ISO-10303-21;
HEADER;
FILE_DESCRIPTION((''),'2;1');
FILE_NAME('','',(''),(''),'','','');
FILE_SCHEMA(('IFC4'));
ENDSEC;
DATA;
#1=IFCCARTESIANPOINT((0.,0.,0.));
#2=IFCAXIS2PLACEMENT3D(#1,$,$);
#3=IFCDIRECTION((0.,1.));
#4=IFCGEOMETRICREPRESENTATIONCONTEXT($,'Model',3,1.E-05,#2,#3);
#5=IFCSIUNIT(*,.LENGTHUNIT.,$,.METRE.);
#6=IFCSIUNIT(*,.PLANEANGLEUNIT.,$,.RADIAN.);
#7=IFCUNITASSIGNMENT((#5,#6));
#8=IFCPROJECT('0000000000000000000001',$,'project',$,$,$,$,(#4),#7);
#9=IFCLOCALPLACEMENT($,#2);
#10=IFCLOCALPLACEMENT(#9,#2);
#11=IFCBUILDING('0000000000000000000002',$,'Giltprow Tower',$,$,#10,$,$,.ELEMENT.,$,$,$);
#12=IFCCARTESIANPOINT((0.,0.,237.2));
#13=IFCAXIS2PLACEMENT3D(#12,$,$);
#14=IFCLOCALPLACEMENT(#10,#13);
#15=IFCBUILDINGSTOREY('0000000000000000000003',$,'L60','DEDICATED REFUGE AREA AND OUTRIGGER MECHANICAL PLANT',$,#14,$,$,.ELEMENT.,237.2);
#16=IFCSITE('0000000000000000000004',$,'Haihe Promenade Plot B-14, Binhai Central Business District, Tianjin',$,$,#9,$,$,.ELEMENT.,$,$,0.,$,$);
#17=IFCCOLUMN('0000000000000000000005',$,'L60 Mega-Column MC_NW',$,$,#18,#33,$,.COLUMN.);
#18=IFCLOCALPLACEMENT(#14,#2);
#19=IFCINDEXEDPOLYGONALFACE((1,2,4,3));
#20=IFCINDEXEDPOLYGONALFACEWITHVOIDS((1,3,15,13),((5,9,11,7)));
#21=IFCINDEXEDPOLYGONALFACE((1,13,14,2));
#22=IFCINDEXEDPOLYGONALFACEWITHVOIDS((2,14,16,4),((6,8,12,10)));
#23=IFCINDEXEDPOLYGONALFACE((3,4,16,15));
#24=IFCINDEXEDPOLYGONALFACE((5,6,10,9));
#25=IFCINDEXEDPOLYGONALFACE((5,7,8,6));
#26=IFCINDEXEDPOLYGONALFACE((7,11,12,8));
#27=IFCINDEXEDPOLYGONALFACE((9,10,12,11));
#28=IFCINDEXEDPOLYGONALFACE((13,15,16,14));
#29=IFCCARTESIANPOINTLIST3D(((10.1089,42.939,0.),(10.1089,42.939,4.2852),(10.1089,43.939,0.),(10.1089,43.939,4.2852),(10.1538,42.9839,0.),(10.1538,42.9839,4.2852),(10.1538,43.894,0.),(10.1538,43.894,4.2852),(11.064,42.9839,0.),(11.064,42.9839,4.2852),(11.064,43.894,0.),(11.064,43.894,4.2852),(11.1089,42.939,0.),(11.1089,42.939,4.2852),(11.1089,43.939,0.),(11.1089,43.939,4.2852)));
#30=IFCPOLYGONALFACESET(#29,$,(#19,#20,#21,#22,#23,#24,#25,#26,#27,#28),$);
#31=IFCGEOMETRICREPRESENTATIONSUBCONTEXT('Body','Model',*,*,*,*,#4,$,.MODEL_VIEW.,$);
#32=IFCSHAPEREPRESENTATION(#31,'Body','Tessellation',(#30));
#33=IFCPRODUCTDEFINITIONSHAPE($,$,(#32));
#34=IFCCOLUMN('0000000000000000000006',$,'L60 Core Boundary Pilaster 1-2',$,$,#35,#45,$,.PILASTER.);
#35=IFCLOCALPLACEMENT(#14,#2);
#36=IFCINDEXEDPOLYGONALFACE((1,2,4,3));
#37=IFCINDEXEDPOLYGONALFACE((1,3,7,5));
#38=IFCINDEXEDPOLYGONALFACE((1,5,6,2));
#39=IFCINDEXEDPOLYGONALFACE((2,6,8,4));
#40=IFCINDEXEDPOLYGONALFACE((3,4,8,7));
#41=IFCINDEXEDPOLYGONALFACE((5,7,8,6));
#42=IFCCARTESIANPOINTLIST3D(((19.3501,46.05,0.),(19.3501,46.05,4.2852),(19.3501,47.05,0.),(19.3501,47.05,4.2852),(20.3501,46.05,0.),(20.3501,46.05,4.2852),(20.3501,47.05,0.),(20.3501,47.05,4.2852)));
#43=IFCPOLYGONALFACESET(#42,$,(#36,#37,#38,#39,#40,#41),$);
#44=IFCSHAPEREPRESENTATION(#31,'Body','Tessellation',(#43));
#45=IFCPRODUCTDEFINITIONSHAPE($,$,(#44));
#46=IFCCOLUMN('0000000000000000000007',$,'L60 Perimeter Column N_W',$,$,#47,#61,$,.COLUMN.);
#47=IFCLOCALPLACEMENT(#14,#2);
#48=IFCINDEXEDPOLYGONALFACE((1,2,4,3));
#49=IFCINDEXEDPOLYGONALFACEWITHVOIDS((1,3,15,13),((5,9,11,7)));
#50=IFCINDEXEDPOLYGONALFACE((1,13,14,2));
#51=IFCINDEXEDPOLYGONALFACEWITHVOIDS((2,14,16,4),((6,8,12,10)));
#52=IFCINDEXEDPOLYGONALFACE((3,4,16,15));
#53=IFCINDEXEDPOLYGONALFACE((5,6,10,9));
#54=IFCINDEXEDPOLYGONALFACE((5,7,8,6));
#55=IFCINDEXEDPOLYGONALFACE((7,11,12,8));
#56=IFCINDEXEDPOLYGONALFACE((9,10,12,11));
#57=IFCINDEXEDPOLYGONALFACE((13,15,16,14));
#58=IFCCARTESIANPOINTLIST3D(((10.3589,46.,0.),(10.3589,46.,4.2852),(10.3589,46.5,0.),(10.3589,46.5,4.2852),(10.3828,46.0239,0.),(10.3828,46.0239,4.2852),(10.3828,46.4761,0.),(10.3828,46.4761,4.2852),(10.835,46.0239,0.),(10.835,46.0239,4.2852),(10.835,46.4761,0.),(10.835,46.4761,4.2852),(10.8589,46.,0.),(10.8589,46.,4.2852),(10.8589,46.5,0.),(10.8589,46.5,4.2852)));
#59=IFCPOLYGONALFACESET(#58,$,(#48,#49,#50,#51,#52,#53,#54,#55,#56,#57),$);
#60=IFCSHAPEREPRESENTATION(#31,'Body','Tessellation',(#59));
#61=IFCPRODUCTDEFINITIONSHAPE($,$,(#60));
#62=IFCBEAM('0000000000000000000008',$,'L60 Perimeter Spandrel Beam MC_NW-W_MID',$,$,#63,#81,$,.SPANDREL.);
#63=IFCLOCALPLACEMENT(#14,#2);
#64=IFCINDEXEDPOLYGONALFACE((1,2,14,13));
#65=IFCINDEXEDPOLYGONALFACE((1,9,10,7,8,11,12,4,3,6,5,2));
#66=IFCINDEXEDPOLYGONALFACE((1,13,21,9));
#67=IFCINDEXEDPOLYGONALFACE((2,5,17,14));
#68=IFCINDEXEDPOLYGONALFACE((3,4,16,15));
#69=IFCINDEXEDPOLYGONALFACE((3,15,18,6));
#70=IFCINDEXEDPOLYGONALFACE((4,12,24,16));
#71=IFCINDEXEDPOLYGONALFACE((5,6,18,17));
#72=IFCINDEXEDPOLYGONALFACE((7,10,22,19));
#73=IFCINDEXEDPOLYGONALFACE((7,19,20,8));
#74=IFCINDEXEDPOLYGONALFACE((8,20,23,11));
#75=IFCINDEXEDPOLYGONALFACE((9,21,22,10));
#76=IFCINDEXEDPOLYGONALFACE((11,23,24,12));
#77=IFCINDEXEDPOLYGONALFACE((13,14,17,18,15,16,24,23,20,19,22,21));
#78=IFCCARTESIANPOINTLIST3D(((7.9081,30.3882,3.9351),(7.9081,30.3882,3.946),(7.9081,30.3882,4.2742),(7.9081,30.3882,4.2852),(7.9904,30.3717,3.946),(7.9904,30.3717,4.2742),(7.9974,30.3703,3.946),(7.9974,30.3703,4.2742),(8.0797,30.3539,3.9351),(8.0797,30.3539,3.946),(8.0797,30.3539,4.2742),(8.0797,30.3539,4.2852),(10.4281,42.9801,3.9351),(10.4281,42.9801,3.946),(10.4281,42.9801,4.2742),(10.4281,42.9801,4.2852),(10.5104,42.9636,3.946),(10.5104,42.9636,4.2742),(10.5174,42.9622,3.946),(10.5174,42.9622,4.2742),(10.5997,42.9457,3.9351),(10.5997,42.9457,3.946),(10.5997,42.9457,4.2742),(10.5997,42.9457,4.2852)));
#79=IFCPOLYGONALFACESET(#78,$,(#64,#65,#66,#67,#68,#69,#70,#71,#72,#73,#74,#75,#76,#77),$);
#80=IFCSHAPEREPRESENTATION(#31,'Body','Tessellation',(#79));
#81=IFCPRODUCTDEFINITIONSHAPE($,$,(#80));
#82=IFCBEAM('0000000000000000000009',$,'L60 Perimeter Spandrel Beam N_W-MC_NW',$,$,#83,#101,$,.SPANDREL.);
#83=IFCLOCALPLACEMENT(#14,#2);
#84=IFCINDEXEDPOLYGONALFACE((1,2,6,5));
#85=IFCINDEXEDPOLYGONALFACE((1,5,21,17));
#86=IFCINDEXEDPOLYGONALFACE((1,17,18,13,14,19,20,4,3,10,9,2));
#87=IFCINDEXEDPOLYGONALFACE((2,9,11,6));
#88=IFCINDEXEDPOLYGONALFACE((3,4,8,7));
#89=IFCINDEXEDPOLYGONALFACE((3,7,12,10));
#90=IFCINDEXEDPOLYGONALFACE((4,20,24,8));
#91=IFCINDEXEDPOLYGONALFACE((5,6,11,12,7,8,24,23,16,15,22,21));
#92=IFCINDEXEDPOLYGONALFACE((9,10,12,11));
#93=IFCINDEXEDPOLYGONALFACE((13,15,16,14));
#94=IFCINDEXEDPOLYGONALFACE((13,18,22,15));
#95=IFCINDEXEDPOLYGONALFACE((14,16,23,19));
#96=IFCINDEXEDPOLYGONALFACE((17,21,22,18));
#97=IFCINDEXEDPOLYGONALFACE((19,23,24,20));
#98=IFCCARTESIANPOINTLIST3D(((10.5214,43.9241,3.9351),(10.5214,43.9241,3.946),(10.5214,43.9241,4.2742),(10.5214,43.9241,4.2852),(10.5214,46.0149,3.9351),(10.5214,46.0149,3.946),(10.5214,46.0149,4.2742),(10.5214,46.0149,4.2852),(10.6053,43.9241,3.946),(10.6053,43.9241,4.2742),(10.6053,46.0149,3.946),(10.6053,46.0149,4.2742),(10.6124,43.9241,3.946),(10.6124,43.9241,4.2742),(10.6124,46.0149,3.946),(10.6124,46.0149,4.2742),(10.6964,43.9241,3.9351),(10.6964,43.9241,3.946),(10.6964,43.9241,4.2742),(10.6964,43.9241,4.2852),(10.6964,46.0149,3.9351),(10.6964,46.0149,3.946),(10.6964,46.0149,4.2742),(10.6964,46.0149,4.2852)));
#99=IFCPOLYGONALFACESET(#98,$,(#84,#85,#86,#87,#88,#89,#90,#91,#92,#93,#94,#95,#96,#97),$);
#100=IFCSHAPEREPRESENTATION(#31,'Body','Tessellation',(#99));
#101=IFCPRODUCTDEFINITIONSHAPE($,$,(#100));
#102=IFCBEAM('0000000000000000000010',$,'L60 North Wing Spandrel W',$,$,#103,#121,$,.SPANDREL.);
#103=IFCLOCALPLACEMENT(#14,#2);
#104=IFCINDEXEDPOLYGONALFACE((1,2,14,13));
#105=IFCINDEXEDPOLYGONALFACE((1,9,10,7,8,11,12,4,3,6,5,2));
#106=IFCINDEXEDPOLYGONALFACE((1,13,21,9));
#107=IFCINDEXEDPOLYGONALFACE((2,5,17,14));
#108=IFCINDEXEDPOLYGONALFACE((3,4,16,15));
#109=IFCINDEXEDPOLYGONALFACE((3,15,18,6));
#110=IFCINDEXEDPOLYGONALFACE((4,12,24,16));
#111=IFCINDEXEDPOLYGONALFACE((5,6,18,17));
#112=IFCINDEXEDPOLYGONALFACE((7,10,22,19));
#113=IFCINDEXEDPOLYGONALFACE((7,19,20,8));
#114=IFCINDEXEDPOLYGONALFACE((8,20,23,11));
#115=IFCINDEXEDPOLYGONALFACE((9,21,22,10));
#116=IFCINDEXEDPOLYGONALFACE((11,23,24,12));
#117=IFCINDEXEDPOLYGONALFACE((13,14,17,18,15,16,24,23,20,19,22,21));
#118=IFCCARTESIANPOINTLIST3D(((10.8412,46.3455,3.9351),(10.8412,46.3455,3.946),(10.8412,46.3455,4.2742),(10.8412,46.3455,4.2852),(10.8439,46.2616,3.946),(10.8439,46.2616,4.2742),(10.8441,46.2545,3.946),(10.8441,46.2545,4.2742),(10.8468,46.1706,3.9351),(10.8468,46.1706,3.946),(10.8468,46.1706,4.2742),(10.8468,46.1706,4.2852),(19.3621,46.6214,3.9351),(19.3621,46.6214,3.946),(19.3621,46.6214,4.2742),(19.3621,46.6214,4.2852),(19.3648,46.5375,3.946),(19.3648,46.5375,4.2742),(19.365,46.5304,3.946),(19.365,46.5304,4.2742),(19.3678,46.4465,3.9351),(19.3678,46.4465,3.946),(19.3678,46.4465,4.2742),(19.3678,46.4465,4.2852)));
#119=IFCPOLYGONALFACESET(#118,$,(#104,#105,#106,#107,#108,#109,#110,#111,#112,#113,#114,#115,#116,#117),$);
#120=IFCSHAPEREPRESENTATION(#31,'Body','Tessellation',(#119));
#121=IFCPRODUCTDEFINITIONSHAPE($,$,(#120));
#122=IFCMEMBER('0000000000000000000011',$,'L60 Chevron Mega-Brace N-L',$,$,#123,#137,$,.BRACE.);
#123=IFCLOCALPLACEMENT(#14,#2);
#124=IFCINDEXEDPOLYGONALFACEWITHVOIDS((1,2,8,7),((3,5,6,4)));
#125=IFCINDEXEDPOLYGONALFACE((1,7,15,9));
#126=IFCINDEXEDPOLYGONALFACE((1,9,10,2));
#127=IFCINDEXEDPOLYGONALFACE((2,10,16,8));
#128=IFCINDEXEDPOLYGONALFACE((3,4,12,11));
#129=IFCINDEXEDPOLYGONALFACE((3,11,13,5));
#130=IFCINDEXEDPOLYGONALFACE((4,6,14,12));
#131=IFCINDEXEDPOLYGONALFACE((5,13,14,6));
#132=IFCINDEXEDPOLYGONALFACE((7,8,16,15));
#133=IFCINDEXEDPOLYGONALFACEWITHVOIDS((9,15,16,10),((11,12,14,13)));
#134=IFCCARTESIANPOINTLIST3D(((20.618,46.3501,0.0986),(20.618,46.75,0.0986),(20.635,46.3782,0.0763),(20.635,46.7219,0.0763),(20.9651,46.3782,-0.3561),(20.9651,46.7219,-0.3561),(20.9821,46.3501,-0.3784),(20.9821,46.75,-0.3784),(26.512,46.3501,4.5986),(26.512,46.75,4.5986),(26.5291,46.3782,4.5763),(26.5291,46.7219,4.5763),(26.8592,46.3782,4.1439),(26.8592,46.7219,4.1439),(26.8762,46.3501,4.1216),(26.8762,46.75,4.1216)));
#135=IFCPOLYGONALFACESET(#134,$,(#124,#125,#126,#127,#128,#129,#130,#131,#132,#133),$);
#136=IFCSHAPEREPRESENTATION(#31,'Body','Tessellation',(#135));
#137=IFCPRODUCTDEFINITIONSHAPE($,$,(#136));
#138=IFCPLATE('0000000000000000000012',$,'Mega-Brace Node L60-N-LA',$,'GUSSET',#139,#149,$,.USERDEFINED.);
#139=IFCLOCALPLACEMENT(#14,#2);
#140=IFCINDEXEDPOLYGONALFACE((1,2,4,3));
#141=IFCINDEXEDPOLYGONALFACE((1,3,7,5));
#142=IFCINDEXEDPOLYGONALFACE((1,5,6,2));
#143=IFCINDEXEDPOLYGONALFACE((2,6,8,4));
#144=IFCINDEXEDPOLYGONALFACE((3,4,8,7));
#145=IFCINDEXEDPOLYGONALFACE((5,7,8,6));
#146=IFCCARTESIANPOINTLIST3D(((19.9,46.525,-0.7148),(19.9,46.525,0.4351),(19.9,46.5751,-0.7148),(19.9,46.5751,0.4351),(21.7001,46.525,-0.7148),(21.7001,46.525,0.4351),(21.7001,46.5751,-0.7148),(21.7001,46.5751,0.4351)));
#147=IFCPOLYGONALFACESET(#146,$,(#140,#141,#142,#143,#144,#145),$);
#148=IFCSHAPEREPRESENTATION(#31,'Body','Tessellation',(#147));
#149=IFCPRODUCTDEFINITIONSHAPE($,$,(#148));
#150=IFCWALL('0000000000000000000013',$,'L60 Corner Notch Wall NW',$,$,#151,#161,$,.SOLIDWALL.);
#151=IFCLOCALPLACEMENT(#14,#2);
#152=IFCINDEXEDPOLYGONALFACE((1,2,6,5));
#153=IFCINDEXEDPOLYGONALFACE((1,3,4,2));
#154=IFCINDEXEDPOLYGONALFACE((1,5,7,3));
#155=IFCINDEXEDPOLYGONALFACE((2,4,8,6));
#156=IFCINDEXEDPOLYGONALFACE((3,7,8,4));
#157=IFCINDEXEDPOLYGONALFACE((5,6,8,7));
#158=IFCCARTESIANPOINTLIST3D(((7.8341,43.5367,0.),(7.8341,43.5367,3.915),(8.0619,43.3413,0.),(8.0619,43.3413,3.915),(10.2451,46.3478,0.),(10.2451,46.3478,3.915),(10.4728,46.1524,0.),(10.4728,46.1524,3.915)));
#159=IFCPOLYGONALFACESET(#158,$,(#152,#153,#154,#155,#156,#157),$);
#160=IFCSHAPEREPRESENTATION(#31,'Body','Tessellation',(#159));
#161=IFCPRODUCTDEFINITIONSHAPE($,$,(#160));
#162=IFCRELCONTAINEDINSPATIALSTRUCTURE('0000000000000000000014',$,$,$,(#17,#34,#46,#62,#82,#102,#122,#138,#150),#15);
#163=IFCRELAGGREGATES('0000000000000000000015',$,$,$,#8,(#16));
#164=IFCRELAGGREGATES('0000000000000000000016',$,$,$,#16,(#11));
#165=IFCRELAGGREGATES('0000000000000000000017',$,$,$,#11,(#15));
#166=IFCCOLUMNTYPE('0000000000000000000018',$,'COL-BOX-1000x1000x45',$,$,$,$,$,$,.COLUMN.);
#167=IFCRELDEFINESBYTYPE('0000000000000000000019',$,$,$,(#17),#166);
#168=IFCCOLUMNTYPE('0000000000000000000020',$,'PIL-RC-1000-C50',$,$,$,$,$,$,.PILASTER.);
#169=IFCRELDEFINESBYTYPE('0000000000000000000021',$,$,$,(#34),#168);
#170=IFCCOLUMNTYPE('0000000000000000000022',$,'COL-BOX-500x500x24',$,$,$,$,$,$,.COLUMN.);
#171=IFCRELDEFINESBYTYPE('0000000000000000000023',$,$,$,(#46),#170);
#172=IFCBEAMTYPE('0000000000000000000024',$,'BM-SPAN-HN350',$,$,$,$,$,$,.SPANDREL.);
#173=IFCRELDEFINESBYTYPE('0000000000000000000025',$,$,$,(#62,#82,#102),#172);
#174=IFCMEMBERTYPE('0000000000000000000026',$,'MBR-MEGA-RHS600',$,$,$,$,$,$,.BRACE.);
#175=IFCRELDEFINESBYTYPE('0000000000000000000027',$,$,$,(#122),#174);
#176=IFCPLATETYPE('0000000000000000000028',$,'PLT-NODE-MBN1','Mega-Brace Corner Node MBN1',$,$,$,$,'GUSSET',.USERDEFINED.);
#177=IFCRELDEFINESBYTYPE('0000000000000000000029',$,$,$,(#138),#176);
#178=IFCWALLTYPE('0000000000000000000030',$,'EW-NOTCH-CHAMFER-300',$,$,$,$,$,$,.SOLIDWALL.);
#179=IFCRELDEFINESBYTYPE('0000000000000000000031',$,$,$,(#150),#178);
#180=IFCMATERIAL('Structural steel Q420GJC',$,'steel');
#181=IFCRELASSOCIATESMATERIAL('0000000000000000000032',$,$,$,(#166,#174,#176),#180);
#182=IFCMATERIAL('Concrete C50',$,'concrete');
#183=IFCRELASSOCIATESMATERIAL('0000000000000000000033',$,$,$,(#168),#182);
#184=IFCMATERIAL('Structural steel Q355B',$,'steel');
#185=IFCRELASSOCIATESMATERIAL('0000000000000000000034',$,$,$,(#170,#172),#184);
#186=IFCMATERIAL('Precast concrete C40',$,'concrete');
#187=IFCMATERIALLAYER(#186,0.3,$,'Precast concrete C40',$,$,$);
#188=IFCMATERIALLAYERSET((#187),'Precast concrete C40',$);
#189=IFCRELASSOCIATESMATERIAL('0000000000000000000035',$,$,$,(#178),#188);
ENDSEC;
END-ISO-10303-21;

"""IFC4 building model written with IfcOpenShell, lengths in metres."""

from ifc_helpers import new_model, si_unit, direction, frame, frame_2d, origin, origin_2d, place, context, subcontext, project, spatial, rectangle, hollow_rectangle, i_section, extrude, source, transform, mapped, material, layer, layer_set, material_profile, profile_set, type_object, element, save


model = new_model("IFC4")

# Units and contexts
model_context = context("Model", 3, precision=1e-05, world=origin(), true_north=direction((0.0, 1.0)))
body_context = subcontext(model_context, "Body", "Model", "MODEL_VIEW")
ifc_project = project(units=[si_unit("LENGTHUNIT", "METRE"), si_unit("PLANEANGLEUNIT", "RADIAN")], contexts=[model_context])

# Site, building, storey
site_placement = place(None, origin())
site = spatial("IfcSite", under=ifc_project, at=site_placement, Name="Haihe Promenade Plot B-14, Binhai Central Business District, Tianjin", CompositionType="ELEMENT", RefElevation=0.0)
building_placement = place(site_placement, origin())
building = spatial("IfcBuilding", under=site, at=building_placement, Name="Giltprow Tower", CompositionType="ELEMENT")
storey_placement = place(building_placement, frame((0.0, 0.0, 237.2)))
storey = spatial("IfcBuildingStorey", under=building, at=storey_placement, Name="L60", Description="DEDICATED REFUGE AREA AND OUTRIGGER MECHANICAL PLANT", CompositionType="ELEMENT", Elevation=237.2)

# Columns
ifc_material_1 = material(Name="Structural steel Q420GJC", Category="steel")
ifc_material_profile_1 = material_profile(ifc_material_1, hollow_rectangle(XDim=1.0, YDim=1.0, WallThickness=0.0449, at=origin_2d()), Name="BOX 1000x1000x45")
ifc_profile_set_1 = profile_set([ifc_material_profile_1], Name="Structural steel Q420GJC")
column_type_1 = type_object("IfcColumnType", Name="COL-BOX-1000x1000x45", PredefinedType="COLUMN", material=ifc_profile_set_1)
shared_shape_1 = source(origin(), body_context, "Body", "SweptSolid", [
    extrude(hollow_rectangle(XDim=1.0, YDim=1.0, WallThickness=0.0449, at=origin_2d()), origin(), (0.0, 0.0, 1.0), 4.2852),
])
column_1_placement = place(storey_placement, frame((10.6089, 43.439, 0.0), z_axis=(0.0, 0.0, 1.0), x_axis=(1.0, 0.0, 0.0)))
element("IfcColumn", 1, at=column_1_placement, inside=storey, type_object=column_type_1, Name="L60 Mega-Column MC_NW", PredefinedType="COLUMN", context=body_context, shape_type="MappedRepresentation", body=[
    mapped(shared_shape_1, transform((0.0, 0.0, 0.0), x_axis=(1.0, 0.0, 0.0), y_axis=(0.0, 1.0, 0.0), z_axis=(0.0, 0.0, 1.0), scale=1.0)),
])
ifc_material_2 = material(Name="Concrete C50", Category="concrete")
ifc_material_profile_2 = material_profile(ifc_material_2, rectangle(XDim=1.0, YDim=1.0, at=origin_2d()), Name="RC 1000x1000")
ifc_profile_set_2 = profile_set([ifc_material_profile_2], Name="Concrete C50")
column_type_2 = type_object("IfcColumnType", Name="PIL-RC-1000-C50", PredefinedType="PILASTER", material=ifc_profile_set_2)
shared_shape_2 = source(origin(), body_context, "Body", "SweptSolid", [
    extrude(rectangle(XDim=1.0, YDim=1.0, at=origin_2d()), origin(), (0.0, 0.0, 1.0), 4.2852),
])
column_2_placement = place(storey_placement, frame((19.8501, 46.55, 0.0), z_axis=(0.0, 0.0, 1.0), x_axis=(1.0, 0.0, 0.0)))
element("IfcColumn", 2, at=column_2_placement, inside=storey, type_object=column_type_2, Name="L60 Core Boundary Pilaster 1-2", PredefinedType="PILASTER", context=body_context, shape_type="MappedRepresentation", body=[
    mapped(shared_shape_2, transform((0.0, 0.0, 0.0), x_axis=(1.0, 0.0, 0.0), y_axis=(0.0, 1.0, 0.0), z_axis=(0.0, 0.0, 1.0), scale=1.0)),
])
ifc_material_3 = material(Name="Structural steel Q355B", Category="steel")
ifc_material_profile_3 = material_profile(ifc_material_3, hollow_rectangle(XDim=0.5, YDim=0.5, WallThickness=0.0239, at=origin_2d()), Name="BOX 500x500x24")
ifc_profile_set_3 = profile_set([ifc_material_profile_3], Name="Structural steel Q355B")
column_type_3 = type_object("IfcColumnType", Name="COL-BOX-500x500x24", PredefinedType="COLUMN", material=ifc_profile_set_3)
shared_shape_3 = source(origin(), body_context, "Body", "SweptSolid", [
    extrude(hollow_rectangle(XDim=0.5, YDim=0.5, WallThickness=0.0239, at=origin_2d()), origin(), (0.0, 0.0, 1.0), 4.2852),
])
column_3_placement = place(storey_placement, frame((10.6089, 46.25, 0.0), z_axis=(0.0, 0.0, 1.0), x_axis=(1.0, 0.0, 0.0)))
element("IfcColumn", 3, at=column_3_placement, inside=storey, type_object=column_type_3, Name="L60 Perimeter Column N_W", PredefinedType="COLUMN", context=body_context, shape_type="MappedRepresentation", body=[
    mapped(shared_shape_3, transform((0.0, 0.0, 0.0), x_axis=(1.0, 0.0, 0.0), y_axis=(0.0, 1.0, 0.0), z_axis=(0.0, 0.0, 1.0), scale=1.0)),
])

# Beams
ifc_material_profile_4 = material_profile(ifc_material_3, i_section(OverallWidth=0.175, OverallDepth=0.3501, WebThickness=0.0071, FlangeThickness=0.011, at=origin_2d()), Name="HN 350x175x7x11")
ifc_profile_set_4 = profile_set([ifc_material_profile_4], Name="Structural steel Q355B")
beam_type = type_object("IfcBeamType", Name="BM-SPAN-HN350", PredefinedType="SPANDREL", material=ifc_profile_set_4)
shared_shape_4 = source(origin(), body_context, "Body", "SweptSolid", [
    extrude(i_section(OverallWidth=0.175, OverallDepth=0.3501, WebThickness=0.0071, FlangeThickness=0.011, at=origin_2d()), origin(), (0.0, 0.0, 1.0), 12.8416),
])
beam_1_placement = place(storey_placement, frame((10.5139, 42.9629, 4.1101), z_axis=(-0.19624, -0.980556, 0.0), x_axis=(0.980556, -0.19624, 0.0)))
element("IfcBeam", 4, at=beam_1_placement, inside=storey, type_object=beam_type, Name="L60 Perimeter Spandrel Beam MC_NW-W_MID", PredefinedType="SPANDREL", context=body_context, shape_type="MappedRepresentation", body=[
    mapped(shared_shape_4, transform((0.0, 0.0, 0.0), x_axis=(1.0, 0.0, 0.0), y_axis=(0.0, 1.0, 0.0), z_axis=(0.0, 0.0, 1.0), scale=1.0)),
])
shared_shape_5 = source(origin(), body_context, "Body", "SweptSolid", [
    extrude(i_section(OverallWidth=0.175, OverallDepth=0.3501, WebThickness=0.0071, FlangeThickness=0.011, at=origin_2d()), origin(), (0.0, 0.0, 1.0), 2.0908),
])
beam_2_placement = place(storey_placement, frame((10.6089, 46.0149, 4.1101), z_axis=(0.0, -1.0, 0.0), x_axis=(1.0, 0.0, 0.0)))
element("IfcBeam", 5, at=beam_2_placement, inside=storey, type_object=beam_type, Name="L60 Perimeter Spandrel Beam N_W-MC_NW", PredefinedType="SPANDREL", context=body_context, shape_type="MappedRepresentation", body=[
    mapped(shared_shape_5, transform((0.0, 0.0, 0.0), x_axis=(1.0, 0.0, 0.0), y_axis=(0.0, 1.0, 0.0), z_axis=(0.0, 0.0, 1.0), scale=1.0)),
])
shared_shape_6 = source(origin(), body_context, "Body", "SweptSolid", [
    extrude(i_section(OverallWidth=0.175, OverallDepth=0.3501, WebThickness=0.0071, FlangeThickness=0.011, at=origin_2d()), origin(), (0.0, 0.0, 1.0), 8.5254),
])
beam_3_placement = place(storey_placement, frame((10.844, 46.2581, 4.1101), z_axis=(0.999476, 0.032359, 0.0), x_axis=(-0.032359, 0.999476, 0.0)))
element("IfcBeam", 6, at=beam_3_placement, inside=storey, type_object=beam_type, Name="L60 North Wing Spandrel W", PredefinedType="SPANDREL", context=body_context, shape_type="MappedRepresentation", body=[
    mapped(shared_shape_6, transform((0.0, 0.0, 0.0), x_axis=(1.0, 0.0, 0.0), y_axis=(0.0, 1.0, 0.0), z_axis=(0.0, 0.0, 1.0), scale=1.0)),
])

# Member
ifc_material_profile_5 = material_profile(ifc_material_1, hollow_rectangle(XDim=0.3999, YDim=0.6001, WallThickness=0.0281, at=origin_2d()), Name="RHS 600x400x28")
ifc_profile_set_5 = profile_set([ifc_material_profile_5], Name="Structural steel Q420GJC")
member_type = type_object("IfcMemberType", Name="MBR-MEGA-RHS600", PredefinedType="BRACE", material=ifc_profile_set_5)
shared_shape_7 = source(origin(), body_context, "Body", "SweptSolid", [
    extrude(hollow_rectangle(XDim=0.3999, YDim=0.6001, WallThickness=0.0281, at=origin_2d()), origin(), (0.0, 0.0, 1.0), 7.4155),
])
member_placement = place(storey_placement, frame((20.8, 46.55, -0.1399), z_axis=(0.794827, 0.0, 0.606836), x_axis=(0.0, 1.0, 0.0)))
element("IfcMember", 7, at=member_placement, inside=storey, type_object=member_type, Name="L60 Chevron Mega-Brace N-L", PredefinedType="BRACE", context=body_context, shape_type="MappedRepresentation", body=[
    mapped(shared_shape_7, transform((0.0, 0.0, 0.0), x_axis=(1.0, 0.0, 0.0), y_axis=(0.0, 1.0, 0.0), z_axis=(0.0, 0.0, 1.0), scale=1.0)),
])

# Plate
plate_type = type_object("IfcPlateType", Name="PLT-NODE-MBN1", Description="Mega-Brace Corner Node MBN1", ElementType="GUSSET", PredefinedType="USERDEFINED", material=ifc_material_1)
shared_shape_8 = source(origin(), body_context, "Body", "SweptSolid", [
    extrude(rectangle(XDim=1.8, YDim=0.05, at=origin_2d()), origin(), (0.0, 0.0, 1.0), 1.1499),
])
plate_placement = place(storey_placement, frame((20.8, 46.55, -0.7148), z_axis=(0.0, 0.0, 1.0), x_axis=(1.0, 0.0, 0.0)))
element("IfcPlate", 8, at=plate_placement, inside=storey, type_object=plate_type, Name="Mega-Brace Node L60-N-LA", ObjectType="GUSSET", PredefinedType="USERDEFINED", context=body_context, shape_type="MappedRepresentation", body=[
    mapped(shared_shape_8, transform((0.0, 0.0, 0.0), x_axis=(1.0, 0.0, 0.0), y_axis=(0.0, 1.0, 0.0), z_axis=(0.0, 0.0, 1.0), scale=1.0)),
])

# Wall
ifc_material_4 = material(Name="Precast concrete C40", Category="concrete")
ifc_layer_1 = layer(ifc_material_4, 0.3, Name="Precast concrete C40")
ifc_layer_set_1 = layer_set([ifc_layer_1], Name="Precast concrete C40")
wall_type_1 = type_object("IfcWallType", Name="EW-NOTCH-CHAMFER-300", PredefinedType="SOLIDWALL", material=ifc_layer_set_1)
wall_1_placement = place(storey_placement, frame((10.3589, 46.25, 0.0), z_axis=(0.0, 0.0, 1.0), x_axis=(-0.651014, -0.759066, 0.0)))
element("IfcWall", 9, at=wall_1_placement, inside=storey, type_object=wall_type_1, Name="L60 Corner Notch Wall NW", PredefinedType="SOLIDWALL", context=body_context, shape_type="SweptSolid", body=[
    extrude(rectangle(XDim=3.7034, YDim=0.3, at=frame_2d((1.8516, 0.0))), origin(), (0.0, 0.0, 1.0), 3.915),
])

save(model, "model.ifc")
